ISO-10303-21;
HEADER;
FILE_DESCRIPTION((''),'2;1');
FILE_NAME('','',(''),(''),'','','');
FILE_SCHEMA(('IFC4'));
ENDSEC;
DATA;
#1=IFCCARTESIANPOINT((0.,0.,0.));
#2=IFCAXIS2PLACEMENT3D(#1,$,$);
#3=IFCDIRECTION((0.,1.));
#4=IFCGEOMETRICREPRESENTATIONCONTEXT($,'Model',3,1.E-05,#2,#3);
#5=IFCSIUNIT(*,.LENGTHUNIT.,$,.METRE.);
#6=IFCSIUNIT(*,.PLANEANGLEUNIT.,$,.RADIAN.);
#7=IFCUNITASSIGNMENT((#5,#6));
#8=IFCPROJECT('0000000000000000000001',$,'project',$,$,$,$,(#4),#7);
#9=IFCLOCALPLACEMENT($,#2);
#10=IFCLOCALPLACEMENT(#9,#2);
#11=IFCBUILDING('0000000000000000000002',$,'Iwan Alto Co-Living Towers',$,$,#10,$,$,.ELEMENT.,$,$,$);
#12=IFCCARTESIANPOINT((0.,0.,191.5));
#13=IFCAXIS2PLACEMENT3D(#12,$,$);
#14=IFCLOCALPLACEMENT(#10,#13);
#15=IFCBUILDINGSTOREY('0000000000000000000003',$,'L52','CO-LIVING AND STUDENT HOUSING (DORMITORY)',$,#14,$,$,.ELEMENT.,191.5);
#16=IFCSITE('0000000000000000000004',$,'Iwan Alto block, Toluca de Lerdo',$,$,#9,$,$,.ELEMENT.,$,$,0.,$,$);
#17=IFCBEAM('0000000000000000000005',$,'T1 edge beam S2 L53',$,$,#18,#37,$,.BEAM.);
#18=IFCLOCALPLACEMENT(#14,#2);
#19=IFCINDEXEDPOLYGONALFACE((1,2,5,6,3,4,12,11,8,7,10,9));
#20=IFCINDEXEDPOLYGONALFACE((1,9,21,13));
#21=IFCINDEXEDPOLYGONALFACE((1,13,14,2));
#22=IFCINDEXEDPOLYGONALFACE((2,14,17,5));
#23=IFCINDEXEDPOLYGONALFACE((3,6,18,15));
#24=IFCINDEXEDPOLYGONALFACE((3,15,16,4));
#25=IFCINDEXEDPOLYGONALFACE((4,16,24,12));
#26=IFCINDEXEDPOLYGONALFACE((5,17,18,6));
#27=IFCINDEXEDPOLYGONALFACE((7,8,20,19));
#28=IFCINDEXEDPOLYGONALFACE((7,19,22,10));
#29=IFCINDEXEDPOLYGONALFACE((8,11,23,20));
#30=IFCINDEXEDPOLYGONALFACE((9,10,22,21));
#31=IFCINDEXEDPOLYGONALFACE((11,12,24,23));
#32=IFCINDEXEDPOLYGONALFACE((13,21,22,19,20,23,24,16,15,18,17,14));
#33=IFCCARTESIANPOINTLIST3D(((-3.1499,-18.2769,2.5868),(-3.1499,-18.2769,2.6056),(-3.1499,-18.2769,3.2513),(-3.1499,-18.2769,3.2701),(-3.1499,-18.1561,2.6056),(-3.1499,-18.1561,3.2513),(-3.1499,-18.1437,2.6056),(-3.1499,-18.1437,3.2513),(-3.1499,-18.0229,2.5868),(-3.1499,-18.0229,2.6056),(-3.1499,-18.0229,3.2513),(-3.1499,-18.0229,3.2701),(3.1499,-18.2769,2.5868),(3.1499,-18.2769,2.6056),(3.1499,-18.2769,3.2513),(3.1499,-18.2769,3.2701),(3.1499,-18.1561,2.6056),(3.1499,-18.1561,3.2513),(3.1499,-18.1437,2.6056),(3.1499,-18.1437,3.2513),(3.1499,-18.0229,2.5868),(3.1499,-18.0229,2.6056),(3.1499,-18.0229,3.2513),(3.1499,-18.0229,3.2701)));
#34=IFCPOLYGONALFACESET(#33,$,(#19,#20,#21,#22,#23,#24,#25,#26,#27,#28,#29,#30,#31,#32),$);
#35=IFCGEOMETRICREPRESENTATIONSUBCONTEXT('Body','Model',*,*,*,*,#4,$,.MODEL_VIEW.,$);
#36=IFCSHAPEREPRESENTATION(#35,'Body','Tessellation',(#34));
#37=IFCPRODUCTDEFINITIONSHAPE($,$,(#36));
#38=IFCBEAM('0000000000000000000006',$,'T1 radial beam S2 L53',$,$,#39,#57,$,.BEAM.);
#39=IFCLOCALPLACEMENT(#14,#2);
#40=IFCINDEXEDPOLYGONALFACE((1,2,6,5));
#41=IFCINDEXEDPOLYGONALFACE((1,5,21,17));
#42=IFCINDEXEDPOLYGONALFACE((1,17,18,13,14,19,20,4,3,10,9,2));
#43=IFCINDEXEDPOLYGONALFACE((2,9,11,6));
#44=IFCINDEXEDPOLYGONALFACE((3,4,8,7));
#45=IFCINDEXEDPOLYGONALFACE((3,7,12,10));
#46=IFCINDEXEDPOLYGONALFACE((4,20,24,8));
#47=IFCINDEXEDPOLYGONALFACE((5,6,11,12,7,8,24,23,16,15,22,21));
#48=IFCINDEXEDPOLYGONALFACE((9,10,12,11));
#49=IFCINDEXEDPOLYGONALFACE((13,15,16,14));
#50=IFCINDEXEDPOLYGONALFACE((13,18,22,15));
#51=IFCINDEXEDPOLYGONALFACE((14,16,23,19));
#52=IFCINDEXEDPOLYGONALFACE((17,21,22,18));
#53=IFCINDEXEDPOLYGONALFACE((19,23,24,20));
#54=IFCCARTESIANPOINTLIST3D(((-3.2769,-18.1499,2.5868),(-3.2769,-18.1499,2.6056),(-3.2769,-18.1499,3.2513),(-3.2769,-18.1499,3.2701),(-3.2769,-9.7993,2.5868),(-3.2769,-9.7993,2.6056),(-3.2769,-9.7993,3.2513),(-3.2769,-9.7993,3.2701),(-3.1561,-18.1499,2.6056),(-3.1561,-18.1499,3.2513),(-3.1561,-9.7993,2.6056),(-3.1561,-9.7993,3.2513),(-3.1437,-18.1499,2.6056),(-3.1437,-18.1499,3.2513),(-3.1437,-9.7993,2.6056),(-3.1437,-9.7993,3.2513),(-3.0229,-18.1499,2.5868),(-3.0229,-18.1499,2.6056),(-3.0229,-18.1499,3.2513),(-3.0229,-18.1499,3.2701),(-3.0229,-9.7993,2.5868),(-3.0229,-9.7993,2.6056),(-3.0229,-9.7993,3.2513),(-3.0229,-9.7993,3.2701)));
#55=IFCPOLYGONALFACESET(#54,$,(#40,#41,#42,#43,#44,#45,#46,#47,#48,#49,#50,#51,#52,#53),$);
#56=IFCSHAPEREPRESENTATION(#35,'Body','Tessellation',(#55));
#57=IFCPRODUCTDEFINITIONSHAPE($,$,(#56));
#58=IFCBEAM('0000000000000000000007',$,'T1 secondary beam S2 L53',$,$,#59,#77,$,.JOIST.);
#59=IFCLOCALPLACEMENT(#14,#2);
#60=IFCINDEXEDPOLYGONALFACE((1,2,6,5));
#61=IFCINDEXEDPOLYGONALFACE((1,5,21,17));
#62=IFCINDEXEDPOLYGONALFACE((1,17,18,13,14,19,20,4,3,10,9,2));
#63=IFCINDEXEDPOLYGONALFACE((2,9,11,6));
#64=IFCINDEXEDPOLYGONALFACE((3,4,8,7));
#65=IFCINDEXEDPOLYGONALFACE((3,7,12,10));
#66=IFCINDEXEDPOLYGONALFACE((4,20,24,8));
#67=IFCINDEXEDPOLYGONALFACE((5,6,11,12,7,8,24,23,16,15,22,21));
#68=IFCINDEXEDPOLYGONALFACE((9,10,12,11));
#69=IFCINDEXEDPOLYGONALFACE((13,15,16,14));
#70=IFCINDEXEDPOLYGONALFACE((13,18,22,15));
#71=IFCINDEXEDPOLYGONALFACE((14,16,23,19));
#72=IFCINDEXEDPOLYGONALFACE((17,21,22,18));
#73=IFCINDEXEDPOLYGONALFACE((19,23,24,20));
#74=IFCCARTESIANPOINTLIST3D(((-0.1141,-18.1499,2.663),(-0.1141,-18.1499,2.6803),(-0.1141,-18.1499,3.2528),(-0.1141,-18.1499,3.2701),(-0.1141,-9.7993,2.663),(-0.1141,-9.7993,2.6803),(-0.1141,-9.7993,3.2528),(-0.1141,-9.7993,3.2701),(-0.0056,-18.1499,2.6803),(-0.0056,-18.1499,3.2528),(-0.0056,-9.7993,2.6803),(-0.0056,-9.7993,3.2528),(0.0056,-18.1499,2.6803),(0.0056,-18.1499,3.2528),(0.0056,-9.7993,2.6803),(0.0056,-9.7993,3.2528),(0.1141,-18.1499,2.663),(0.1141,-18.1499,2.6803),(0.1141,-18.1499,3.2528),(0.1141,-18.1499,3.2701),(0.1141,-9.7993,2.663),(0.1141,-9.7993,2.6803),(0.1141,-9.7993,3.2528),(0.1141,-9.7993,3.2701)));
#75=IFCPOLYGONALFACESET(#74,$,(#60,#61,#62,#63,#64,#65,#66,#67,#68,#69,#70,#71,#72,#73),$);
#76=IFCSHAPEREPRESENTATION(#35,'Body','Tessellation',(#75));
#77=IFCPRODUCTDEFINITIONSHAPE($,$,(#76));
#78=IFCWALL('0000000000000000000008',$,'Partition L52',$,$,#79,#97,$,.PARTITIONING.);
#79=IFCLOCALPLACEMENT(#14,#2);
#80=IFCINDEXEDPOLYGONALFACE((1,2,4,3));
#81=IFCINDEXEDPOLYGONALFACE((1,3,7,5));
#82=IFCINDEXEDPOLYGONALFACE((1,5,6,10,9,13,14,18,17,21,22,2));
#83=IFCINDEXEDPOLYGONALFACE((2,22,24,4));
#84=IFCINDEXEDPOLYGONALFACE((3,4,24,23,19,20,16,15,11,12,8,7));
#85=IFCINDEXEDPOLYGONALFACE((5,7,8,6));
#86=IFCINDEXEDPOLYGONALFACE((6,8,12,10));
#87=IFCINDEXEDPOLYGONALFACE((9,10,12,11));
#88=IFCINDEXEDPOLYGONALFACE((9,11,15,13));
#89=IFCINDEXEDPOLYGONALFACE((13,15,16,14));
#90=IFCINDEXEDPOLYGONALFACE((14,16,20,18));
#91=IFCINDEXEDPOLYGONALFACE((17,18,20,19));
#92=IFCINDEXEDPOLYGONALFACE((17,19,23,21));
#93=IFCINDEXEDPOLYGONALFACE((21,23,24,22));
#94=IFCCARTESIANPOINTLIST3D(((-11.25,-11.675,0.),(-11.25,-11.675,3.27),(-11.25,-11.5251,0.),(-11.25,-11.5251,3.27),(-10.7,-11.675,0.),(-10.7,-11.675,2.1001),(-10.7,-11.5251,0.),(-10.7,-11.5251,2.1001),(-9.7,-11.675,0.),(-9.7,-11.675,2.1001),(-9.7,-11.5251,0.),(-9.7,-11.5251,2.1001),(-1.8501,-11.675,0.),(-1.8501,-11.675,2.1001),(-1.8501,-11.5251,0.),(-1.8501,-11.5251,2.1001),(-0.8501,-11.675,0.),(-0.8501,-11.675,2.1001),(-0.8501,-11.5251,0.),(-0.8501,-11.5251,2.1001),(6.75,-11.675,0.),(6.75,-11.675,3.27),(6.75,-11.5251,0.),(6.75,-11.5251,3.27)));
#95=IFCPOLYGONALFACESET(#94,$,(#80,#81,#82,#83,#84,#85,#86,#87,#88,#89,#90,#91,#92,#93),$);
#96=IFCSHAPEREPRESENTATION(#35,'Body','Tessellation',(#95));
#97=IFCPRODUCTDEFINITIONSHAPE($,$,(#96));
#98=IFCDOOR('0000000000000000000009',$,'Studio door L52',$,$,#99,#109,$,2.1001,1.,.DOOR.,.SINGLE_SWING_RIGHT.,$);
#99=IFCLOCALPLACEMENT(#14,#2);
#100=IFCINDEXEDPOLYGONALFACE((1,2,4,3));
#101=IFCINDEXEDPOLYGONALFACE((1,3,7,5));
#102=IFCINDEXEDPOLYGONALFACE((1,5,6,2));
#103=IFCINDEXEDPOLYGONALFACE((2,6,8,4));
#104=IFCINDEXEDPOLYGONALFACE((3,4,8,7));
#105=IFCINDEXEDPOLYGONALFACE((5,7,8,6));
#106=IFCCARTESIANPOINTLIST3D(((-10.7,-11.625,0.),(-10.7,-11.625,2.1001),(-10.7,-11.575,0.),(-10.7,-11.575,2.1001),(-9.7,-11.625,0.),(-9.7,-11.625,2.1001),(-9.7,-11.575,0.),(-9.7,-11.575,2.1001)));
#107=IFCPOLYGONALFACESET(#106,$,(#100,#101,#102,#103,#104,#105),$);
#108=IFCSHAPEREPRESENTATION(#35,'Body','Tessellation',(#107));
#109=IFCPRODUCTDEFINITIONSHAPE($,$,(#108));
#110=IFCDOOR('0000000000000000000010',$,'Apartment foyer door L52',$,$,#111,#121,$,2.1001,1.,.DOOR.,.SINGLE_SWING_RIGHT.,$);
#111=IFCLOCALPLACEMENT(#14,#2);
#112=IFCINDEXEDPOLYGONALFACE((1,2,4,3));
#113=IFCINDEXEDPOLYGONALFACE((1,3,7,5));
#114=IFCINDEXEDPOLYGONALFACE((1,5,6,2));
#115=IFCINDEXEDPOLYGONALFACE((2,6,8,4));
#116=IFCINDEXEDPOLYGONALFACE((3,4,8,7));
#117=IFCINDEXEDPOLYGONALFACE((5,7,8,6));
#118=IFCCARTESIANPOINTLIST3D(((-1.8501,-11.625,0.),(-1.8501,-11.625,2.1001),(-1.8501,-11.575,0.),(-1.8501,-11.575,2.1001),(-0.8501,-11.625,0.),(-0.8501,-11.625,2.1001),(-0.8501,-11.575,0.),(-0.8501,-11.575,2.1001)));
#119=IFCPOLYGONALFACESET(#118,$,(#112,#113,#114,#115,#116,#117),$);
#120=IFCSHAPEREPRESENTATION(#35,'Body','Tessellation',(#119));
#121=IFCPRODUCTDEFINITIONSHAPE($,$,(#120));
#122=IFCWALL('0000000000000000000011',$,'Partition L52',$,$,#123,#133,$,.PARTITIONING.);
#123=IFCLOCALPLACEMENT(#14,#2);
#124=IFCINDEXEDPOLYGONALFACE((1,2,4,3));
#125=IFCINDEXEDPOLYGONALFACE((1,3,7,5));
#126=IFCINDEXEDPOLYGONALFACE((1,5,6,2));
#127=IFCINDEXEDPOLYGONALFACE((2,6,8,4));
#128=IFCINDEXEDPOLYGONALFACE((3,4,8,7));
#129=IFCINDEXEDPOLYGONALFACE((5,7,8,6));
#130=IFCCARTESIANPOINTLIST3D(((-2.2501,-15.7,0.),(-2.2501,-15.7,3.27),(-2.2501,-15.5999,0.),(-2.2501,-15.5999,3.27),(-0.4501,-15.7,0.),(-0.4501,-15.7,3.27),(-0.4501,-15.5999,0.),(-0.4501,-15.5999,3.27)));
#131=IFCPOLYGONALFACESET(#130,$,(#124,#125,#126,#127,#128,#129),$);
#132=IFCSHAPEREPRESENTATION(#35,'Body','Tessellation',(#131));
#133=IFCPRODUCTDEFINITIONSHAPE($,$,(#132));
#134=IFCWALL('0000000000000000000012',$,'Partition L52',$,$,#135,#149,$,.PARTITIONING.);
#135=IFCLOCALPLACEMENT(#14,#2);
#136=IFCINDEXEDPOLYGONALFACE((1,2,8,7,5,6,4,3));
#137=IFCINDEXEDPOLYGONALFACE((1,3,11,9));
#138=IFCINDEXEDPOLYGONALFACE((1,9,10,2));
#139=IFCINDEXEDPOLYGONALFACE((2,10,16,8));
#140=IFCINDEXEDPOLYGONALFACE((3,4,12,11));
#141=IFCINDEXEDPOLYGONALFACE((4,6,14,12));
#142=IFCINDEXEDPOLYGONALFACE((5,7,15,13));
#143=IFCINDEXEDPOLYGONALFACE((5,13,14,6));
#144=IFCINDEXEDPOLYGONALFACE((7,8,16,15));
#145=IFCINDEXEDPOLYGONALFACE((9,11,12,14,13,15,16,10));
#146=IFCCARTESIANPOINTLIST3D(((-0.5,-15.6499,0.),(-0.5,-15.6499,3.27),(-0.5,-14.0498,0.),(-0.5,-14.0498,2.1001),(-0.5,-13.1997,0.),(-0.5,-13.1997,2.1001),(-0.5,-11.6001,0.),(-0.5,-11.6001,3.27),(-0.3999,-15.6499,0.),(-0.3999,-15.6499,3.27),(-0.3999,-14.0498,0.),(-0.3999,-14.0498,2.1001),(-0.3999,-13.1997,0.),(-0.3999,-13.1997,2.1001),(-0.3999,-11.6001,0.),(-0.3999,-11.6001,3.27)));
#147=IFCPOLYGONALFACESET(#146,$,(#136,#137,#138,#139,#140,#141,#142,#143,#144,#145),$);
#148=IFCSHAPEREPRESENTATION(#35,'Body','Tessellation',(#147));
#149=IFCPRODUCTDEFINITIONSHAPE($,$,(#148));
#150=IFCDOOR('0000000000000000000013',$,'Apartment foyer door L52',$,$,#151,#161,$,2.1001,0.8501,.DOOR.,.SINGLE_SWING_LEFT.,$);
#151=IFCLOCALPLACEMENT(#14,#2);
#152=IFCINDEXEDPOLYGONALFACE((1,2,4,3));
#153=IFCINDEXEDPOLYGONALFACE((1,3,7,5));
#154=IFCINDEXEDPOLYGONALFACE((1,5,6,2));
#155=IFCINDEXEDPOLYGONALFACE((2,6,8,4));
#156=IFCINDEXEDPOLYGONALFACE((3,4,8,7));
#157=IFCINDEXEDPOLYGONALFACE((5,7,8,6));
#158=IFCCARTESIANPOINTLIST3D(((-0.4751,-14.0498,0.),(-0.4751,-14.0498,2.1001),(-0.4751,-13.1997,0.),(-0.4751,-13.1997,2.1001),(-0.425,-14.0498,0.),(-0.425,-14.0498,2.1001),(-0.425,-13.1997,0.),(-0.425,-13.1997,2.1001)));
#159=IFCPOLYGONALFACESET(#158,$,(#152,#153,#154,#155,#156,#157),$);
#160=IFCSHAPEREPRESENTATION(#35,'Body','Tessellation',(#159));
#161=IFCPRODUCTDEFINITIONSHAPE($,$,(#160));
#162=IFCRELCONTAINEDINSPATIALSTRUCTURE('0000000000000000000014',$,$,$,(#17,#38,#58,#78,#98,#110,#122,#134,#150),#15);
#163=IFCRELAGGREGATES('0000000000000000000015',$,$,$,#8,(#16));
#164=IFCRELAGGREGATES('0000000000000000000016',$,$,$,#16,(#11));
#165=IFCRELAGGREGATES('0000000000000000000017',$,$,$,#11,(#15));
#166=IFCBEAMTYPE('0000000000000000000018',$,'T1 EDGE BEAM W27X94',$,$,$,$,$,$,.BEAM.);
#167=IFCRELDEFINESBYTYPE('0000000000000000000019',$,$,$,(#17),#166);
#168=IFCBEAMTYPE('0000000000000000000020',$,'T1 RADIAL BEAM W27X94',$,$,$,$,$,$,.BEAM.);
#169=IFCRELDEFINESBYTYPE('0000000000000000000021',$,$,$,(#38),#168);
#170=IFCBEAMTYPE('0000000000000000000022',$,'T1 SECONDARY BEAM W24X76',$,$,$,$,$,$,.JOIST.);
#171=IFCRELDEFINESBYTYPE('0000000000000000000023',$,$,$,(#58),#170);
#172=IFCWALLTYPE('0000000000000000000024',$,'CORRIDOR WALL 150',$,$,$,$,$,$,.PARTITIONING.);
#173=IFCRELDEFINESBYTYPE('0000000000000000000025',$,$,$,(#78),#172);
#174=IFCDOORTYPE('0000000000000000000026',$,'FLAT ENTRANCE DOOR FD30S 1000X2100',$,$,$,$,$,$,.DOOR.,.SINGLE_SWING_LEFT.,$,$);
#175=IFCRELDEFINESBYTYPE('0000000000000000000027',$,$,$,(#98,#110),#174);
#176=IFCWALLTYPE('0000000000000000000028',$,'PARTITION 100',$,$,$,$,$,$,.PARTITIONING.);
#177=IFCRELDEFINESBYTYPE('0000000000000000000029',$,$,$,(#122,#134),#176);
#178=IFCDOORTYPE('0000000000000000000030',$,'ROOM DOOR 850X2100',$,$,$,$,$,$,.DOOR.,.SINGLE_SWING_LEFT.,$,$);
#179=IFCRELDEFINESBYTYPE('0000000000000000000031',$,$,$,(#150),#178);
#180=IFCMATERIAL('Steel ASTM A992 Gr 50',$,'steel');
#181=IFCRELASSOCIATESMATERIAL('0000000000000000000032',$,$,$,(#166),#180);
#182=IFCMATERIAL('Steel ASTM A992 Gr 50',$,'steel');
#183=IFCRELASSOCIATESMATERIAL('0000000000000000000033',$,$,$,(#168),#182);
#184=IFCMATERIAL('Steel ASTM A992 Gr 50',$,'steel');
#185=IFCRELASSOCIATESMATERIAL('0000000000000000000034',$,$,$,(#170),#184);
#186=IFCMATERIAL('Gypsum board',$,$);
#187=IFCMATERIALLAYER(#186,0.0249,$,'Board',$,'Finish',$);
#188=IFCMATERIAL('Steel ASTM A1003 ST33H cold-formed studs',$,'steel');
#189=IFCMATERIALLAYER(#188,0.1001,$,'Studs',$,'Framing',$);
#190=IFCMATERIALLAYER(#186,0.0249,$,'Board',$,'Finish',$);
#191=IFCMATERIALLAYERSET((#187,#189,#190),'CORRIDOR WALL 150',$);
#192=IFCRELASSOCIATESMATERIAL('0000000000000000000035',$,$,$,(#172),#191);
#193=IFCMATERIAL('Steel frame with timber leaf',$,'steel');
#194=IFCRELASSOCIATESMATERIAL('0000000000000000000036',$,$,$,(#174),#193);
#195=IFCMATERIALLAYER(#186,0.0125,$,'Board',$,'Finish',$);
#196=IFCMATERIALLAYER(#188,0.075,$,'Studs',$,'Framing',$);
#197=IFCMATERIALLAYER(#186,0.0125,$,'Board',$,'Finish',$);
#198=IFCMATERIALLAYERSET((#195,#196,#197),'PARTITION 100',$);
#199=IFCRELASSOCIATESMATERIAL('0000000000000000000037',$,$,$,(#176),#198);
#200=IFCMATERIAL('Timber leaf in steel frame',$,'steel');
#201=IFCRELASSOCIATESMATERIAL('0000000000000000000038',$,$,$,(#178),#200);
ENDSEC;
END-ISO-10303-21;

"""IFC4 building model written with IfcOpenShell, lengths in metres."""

from ifc_helpers import new_model, si_unit, direction, frame, frame_2d, origin, origin_2d, place, context, subcontext, project, spatial, rectangle, i_section, extrude, material, layer, layer_set, material_profile, profile_set, type_object, element, fill, save


model = new_model("IFC4")

# Units and contexts
model_context = context("Model", 3, precision=1e-05, world=origin(), true_north=direction((0.0, 1.0)))
body_context = subcontext(model_context, "Body", "Model", "MODEL_VIEW")
ifc_project = project(units=[si_unit("LENGTHUNIT", "METRE"), si_unit("PLANEANGLEUNIT", "RADIAN")], contexts=[model_context])

# Site, building, storey
site_placement = place(None, origin())
site = spatial("IfcSite", under=ifc_project, at=site_placement, Name="Iwan Alto block, Toluca de Lerdo", CompositionType="ELEMENT", RefElevation=0.0)
building_placement = place(site_placement, origin())
building = spatial("IfcBuilding", under=site, at=building_placement, Name="Iwan Alto Co-Living Towers", CompositionType="ELEMENT")
storey_placement = place(building_placement, frame((0.0, 0.0, 191.5)))
storey = spatial("IfcBuildingStorey", under=building, at=storey_placement, Name="L52", Description="CO-LIVING AND STUDENT HOUSING (DORMITORY)", CompositionType="ELEMENT", Elevation=191.5)

# Beams
ifc_material_1 = material(Name="Steel ASTM A992 Gr 50", Category="steel")
ifc_material_profile_1 = material_profile(ifc_material_1, i_section(OverallWidth=0.2539, OverallDepth=0.6833, WebThickness=0.0125, FlangeThickness=0.0188, at=origin_2d()), Name="W27X94")
ifc_profile_set_1 = profile_set([ifc_material_profile_1], Name="Steel ASTM A992 Gr 50")
beam_type_1 = type_object("IfcBeamType", Name="T1 EDGE BEAM W27X94", PredefinedType="BEAM", material=ifc_profile_set_1)
beam_1_placement = place(storey_placement, frame((-3.1499, -18.1499, 2.9285), z_axis=(1.0, 0.0, 0.0), x_axis=(0.0, 1.0, 0.0)))
element("IfcBeam", 1, at=beam_1_placement, inside=storey, type_object=beam_type_1, Name="T1 edge beam S2 L53", PredefinedType="BEAM", context=body_context, shape_type="SweptSolid", body=[
    extrude(i_section(OverallWidth=0.2539, OverallDepth=0.6833, WebThickness=0.0125, FlangeThickness=0.0188, at=origin_2d()), origin(), (0.0, 0.0, 1.0), 6.2998),
])
ifc_material_2 = material(Name="Steel ASTM A992 Gr 50", Category="steel")
ifc_material_profile_2 = material_profile(ifc_material_2, i_section(OverallWidth=0.2539, OverallDepth=0.6833, WebThickness=0.0125, FlangeThickness=0.0188, at=origin_2d()), Name="W27X94")
ifc_profile_set_2 = profile_set([ifc_material_profile_2], Name="Steel ASTM A992 Gr 50")
beam_type_2 = type_object("IfcBeamType", Name="T1 RADIAL BEAM W27X94", PredefinedType="BEAM", material=ifc_profile_set_2)
beam_2_placement = place(storey_placement, frame((-3.1499, -18.1499, 2.9285), z_axis=(0.0, 1.0, 0.0), x_axis=(-1.0, 0.0, 0.0)))
element("IfcBeam", 2, at=beam_2_placement, inside=storey, type_object=beam_type_2, Name="T1 radial beam S2 L53", PredefinedType="BEAM", context=body_context, shape_type="SweptSolid", body=[
    extrude(i_section(OverallWidth=0.2539, OverallDepth=0.6833, WebThickness=0.0125, FlangeThickness=0.0188, at=origin_2d()), origin(), (0.0, 0.0, 1.0), 8.3506),
])
ifc_material_3 = material(Name="Steel ASTM A992 Gr 50", Category="steel")
ifc_material_profile_3 = material_profile(ifc_material_3, i_section(OverallWidth=0.2283, OverallDepth=0.6072, WebThickness=0.0112, FlangeThickness=0.0173, at=origin_2d()), Name="W24X76")
ifc_profile_set_3 = profile_set([ifc_material_profile_3], Name="Steel ASTM A992 Gr 50")
beam_type_3 = type_object("IfcBeamType", Name="T1 SECONDARY BEAM W24X76", PredefinedType="JOIST", material=ifc_profile_set_3)
beam_3_placement = place(storey_placement, frame((0.0, -18.1499, 2.9666), z_axis=(0.0, 1.0, 0.0), x_axis=(-1.0, 0.0, 0.0)))
element("IfcBeam", 3, at=beam_3_placement, inside=storey, type_object=beam_type_3, Name="T1 secondary beam S2 L53", PredefinedType="JOIST", context=body_context, shape_type="SweptSolid", body=[
    extrude(i_section(OverallWidth=0.2283, OverallDepth=0.6072, WebThickness=0.0112, FlangeThickness=0.0173, at=origin_2d()), origin(), (0.0, 0.0, 1.0), 8.3506),
])

# Wall, openings, doors
ifc_material_4 = material(Name="Gypsum board")
ifc_layer_1 = layer(ifc_material_4, 0.0249, Name="Board", Category="Finish")
ifc_material_5 = material(Name="Steel ASTM A1003 ST33H cold-formed studs", Category="steel")
ifc_layer_2 = layer(ifc_material_5, 0.1001, Name="Studs", Category="Framing")
ifc_layer_3 = layer(ifc_material_4, 0.0249, Name="Board", Category="Finish")
ifc_layer_set_1 = layer_set([ifc_layer_1, ifc_layer_2, ifc_layer_3], Name="CORRIDOR WALL 150")
wall_type_1 = type_object("IfcWallType", Name="CORRIDOR WALL 150", PredefinedType="PARTITIONING", material=ifc_layer_set_1)
wall_1_placement = place(storey_placement, frame((-11.25, -11.6001, 0.0), z_axis=(0.0, 0.0, 1.0), x_axis=(1.0, 0.0, 0.0)))
wall_1 = element("IfcWall", 4, at=wall_1_placement, inside=storey, type_object=wall_type_1, Name="Partition L52", PredefinedType="PARTITIONING", context=body_context, shape_type="SweptSolid", body=[
    extrude(rectangle(XDim=18.0, YDim=0.1499, at=frame_2d((9.0, 0.0))), origin(), (0.0, 0.0, 1.0), 3.27),
])
opening_1_placement = place(wall_1_placement, frame((0.55, 0.0, 0.0)))
opening_1 = element("IfcOpeningElement", 5, at=opening_1_placement, cuts=wall_1, PredefinedType="OPENING", context=body_context, shape_type="SweptSolid", body=[
    extrude(rectangle(XDim=1.0, YDim=2.1001, at=frame_2d((0.5, 1.05))), frame((0.0, 0.085, 0.0), z_axis=(0.0, -1.0, 0.0), x_axis=(1.0, 0.0, 0.0)), (0.0, 0.0, 1.0), 0.1699),
])
opening_2_placement = place(wall_1_placement, frame((9.3999, 0.0, 0.0)))
opening_2 = element("IfcOpeningElement", 6, at=opening_2_placement, cuts=wall_1, PredefinedType="OPENING", context=body_context, shape_type="SweptSolid", body=[
    extrude(rectangle(XDim=1.0, YDim=2.1001, at=frame_2d((0.5, 1.05))), frame((0.0, 0.085, 0.0), z_axis=(0.0, -1.0, 0.0), x_axis=(1.0, 0.0, 0.0)), (0.0, 0.0, 1.0), 0.1699),
])
ifc_material_6 = material(Name="Steel frame with timber leaf", Category="steel")
door_type_1 = type_object("IfcDoorType", Name="FLAT ENTRANCE DOOR FD30S 1000X2100", OperationType="SINGLE_SWING_LEFT", PredefinedType="DOOR", material=ifc_material_6)
door_1_placement = place(opening_1_placement, frame((1.0, 0.0, 0.0), z_axis=(0.0, 0.0, 1.0), x_axis=(-1.0, 0.0, 0.0)))
door_1 = element("IfcDoor", 7, at=door_1_placement, inside=storey, type_object=door_type_1, Name="Studio door L52", OperationType="SINGLE_SWING_RIGHT", OverallHeight=2.1001, OverallWidth=1.0, PredefinedType="DOOR", context=body_context, shape_type="SweptSolid", body=[
    extrude(rectangle(XDim=1.0, YDim=2.1001, at=frame_2d((0.5, 1.05))), frame((0.0, 0.0249, 0.0), z_axis=(0.0, -1.0, 0.0), x_axis=(1.0, 0.0, 0.0)), (0.0, 0.0, 1.0), 0.05),
])
fill(opening_1, door_1)
door_2_placement = place(opening_2_placement, frame((1.0, 0.0, 0.0), z_axis=(0.0, 0.0, 1.0), x_axis=(-1.0, 0.0, 0.0)))
door_2 = element("IfcDoor", 8, at=door_2_placement, inside=storey, type_object=door_type_1, Name="Apartment foyer door L52", OperationType="SINGLE_SWING_RIGHT", OverallHeight=2.1001, OverallWidth=1.0, PredefinedType="DOOR", context=body_context, shape_type="SweptSolid", body=[
    extrude(rectangle(XDim=1.0, YDim=2.1001, at=frame_2d((0.5, 1.05))), frame((0.0, 0.0249, 0.0), z_axis=(0.0, -1.0, 0.0), x_axis=(1.0, 0.0, 0.0)), (0.0, 0.0, 1.0), 0.05),
])
fill(opening_2, door_2)

# Wall
ifc_layer_4 = layer(ifc_material_4, 0.0125, Name="Board", Category="Finish")
ifc_layer_5 = layer(ifc_material_5, 0.075, Name="Studs", Category="Framing")
ifc_layer_6 = layer(ifc_material_4, 0.0125, Name="Board", Category="Finish")
ifc_layer_set_2 = layer_set([ifc_layer_4, ifc_layer_5, ifc_layer_6], Name="PARTITION 100")
wall_type_2 = type_object("IfcWallType", Name="PARTITION 100", PredefinedType="PARTITIONING", material=ifc_layer_set_2)
wall_2_placement = place(storey_placement, frame((-2.25, -15.6499, 0.0), z_axis=(0.0, 0.0, 1.0), x_axis=(1.0, 0.0, 0.0)))
element("IfcWall", 9, at=wall_2_placement, inside=storey, type_object=wall_type_2, Name="Partition L52", PredefinedType="PARTITIONING", context=body_context, shape_type="SweptSolid", body=[
    extrude(rectangle(XDim=1.8, YDim=0.1001, at=frame_2d((0.8999, 0.0))), origin(), (0.0, 0.0, 1.0), 3.27),
])

# Wall, opening, door
wall_3_placement = place(storey_placement, frame((-0.45, -15.6499, 0.0), z_axis=(0.0, 0.0, 1.0), x_axis=(0.0, 1.0, 0.0)))
wall_3 = element("IfcWall", 10, at=wall_3_placement, inside=storey, type_object=wall_type_2, Name="Partition L52", PredefinedType="PARTITIONING", context=body_context, shape_type="SweptSolid", body=[
    extrude(rectangle(XDim=4.0498, YDim=0.1001, at=frame_2d((2.0249, 0.0))), origin(), (0.0, 0.0, 1.0), 3.27),
])
opening_3_placement = place(wall_3_placement, frame((1.6001, 0.0, 0.0)))
opening_3 = element("IfcOpeningElement", 11, at=opening_3_placement, cuts=wall_3, PredefinedType="OPENING", context=body_context, shape_type="SweptSolid", body=[
    extrude(rectangle(XDim=0.8501, YDim=2.1001, at=frame_2d((0.425, 1.05))), frame((0.0, 0.0601, 0.0), z_axis=(0.0, -1.0, 0.0), x_axis=(1.0, 0.0, 0.0)), (0.0, 0.0, 1.0), 0.1201),
])
ifc_material_7 = material(Name="Timber leaf in steel frame", Category="steel")
door_type_2 = type_object("IfcDoorType", Name="ROOM DOOR 850X2100", OperationType="SINGLE_SWING_LEFT", PredefinedType="DOOR", material=ifc_material_7)
door_3_placement = place(opening_3_placement, frame((0.8501, 0.0, 0.0), z_axis=(0.0, 0.0, 1.0), x_axis=(-1.0, 0.0, 0.0)))
door_3 = element("IfcDoor", 12, at=door_3_placement, inside=storey, type_object=door_type_2, Name="Apartment foyer door L52", OperationType="SINGLE_SWING_LEFT", OverallHeight=2.1001, OverallWidth=0.8501, PredefinedType="DOOR", context=body_context, shape_type="SweptSolid", body=[
    extrude(rectangle(XDim=0.8501, YDim=2.1001, at=frame_2d((0.425, 1.05))), frame((0.0, 0.0249, 0.0), z_axis=(0.0, -1.0, 0.0), x_axis=(1.0, 0.0, 0.0)), (0.0, 0.0, 1.0), 0.05),
])
fill(opening_3, door_3)

save(model, "model.ifc")
